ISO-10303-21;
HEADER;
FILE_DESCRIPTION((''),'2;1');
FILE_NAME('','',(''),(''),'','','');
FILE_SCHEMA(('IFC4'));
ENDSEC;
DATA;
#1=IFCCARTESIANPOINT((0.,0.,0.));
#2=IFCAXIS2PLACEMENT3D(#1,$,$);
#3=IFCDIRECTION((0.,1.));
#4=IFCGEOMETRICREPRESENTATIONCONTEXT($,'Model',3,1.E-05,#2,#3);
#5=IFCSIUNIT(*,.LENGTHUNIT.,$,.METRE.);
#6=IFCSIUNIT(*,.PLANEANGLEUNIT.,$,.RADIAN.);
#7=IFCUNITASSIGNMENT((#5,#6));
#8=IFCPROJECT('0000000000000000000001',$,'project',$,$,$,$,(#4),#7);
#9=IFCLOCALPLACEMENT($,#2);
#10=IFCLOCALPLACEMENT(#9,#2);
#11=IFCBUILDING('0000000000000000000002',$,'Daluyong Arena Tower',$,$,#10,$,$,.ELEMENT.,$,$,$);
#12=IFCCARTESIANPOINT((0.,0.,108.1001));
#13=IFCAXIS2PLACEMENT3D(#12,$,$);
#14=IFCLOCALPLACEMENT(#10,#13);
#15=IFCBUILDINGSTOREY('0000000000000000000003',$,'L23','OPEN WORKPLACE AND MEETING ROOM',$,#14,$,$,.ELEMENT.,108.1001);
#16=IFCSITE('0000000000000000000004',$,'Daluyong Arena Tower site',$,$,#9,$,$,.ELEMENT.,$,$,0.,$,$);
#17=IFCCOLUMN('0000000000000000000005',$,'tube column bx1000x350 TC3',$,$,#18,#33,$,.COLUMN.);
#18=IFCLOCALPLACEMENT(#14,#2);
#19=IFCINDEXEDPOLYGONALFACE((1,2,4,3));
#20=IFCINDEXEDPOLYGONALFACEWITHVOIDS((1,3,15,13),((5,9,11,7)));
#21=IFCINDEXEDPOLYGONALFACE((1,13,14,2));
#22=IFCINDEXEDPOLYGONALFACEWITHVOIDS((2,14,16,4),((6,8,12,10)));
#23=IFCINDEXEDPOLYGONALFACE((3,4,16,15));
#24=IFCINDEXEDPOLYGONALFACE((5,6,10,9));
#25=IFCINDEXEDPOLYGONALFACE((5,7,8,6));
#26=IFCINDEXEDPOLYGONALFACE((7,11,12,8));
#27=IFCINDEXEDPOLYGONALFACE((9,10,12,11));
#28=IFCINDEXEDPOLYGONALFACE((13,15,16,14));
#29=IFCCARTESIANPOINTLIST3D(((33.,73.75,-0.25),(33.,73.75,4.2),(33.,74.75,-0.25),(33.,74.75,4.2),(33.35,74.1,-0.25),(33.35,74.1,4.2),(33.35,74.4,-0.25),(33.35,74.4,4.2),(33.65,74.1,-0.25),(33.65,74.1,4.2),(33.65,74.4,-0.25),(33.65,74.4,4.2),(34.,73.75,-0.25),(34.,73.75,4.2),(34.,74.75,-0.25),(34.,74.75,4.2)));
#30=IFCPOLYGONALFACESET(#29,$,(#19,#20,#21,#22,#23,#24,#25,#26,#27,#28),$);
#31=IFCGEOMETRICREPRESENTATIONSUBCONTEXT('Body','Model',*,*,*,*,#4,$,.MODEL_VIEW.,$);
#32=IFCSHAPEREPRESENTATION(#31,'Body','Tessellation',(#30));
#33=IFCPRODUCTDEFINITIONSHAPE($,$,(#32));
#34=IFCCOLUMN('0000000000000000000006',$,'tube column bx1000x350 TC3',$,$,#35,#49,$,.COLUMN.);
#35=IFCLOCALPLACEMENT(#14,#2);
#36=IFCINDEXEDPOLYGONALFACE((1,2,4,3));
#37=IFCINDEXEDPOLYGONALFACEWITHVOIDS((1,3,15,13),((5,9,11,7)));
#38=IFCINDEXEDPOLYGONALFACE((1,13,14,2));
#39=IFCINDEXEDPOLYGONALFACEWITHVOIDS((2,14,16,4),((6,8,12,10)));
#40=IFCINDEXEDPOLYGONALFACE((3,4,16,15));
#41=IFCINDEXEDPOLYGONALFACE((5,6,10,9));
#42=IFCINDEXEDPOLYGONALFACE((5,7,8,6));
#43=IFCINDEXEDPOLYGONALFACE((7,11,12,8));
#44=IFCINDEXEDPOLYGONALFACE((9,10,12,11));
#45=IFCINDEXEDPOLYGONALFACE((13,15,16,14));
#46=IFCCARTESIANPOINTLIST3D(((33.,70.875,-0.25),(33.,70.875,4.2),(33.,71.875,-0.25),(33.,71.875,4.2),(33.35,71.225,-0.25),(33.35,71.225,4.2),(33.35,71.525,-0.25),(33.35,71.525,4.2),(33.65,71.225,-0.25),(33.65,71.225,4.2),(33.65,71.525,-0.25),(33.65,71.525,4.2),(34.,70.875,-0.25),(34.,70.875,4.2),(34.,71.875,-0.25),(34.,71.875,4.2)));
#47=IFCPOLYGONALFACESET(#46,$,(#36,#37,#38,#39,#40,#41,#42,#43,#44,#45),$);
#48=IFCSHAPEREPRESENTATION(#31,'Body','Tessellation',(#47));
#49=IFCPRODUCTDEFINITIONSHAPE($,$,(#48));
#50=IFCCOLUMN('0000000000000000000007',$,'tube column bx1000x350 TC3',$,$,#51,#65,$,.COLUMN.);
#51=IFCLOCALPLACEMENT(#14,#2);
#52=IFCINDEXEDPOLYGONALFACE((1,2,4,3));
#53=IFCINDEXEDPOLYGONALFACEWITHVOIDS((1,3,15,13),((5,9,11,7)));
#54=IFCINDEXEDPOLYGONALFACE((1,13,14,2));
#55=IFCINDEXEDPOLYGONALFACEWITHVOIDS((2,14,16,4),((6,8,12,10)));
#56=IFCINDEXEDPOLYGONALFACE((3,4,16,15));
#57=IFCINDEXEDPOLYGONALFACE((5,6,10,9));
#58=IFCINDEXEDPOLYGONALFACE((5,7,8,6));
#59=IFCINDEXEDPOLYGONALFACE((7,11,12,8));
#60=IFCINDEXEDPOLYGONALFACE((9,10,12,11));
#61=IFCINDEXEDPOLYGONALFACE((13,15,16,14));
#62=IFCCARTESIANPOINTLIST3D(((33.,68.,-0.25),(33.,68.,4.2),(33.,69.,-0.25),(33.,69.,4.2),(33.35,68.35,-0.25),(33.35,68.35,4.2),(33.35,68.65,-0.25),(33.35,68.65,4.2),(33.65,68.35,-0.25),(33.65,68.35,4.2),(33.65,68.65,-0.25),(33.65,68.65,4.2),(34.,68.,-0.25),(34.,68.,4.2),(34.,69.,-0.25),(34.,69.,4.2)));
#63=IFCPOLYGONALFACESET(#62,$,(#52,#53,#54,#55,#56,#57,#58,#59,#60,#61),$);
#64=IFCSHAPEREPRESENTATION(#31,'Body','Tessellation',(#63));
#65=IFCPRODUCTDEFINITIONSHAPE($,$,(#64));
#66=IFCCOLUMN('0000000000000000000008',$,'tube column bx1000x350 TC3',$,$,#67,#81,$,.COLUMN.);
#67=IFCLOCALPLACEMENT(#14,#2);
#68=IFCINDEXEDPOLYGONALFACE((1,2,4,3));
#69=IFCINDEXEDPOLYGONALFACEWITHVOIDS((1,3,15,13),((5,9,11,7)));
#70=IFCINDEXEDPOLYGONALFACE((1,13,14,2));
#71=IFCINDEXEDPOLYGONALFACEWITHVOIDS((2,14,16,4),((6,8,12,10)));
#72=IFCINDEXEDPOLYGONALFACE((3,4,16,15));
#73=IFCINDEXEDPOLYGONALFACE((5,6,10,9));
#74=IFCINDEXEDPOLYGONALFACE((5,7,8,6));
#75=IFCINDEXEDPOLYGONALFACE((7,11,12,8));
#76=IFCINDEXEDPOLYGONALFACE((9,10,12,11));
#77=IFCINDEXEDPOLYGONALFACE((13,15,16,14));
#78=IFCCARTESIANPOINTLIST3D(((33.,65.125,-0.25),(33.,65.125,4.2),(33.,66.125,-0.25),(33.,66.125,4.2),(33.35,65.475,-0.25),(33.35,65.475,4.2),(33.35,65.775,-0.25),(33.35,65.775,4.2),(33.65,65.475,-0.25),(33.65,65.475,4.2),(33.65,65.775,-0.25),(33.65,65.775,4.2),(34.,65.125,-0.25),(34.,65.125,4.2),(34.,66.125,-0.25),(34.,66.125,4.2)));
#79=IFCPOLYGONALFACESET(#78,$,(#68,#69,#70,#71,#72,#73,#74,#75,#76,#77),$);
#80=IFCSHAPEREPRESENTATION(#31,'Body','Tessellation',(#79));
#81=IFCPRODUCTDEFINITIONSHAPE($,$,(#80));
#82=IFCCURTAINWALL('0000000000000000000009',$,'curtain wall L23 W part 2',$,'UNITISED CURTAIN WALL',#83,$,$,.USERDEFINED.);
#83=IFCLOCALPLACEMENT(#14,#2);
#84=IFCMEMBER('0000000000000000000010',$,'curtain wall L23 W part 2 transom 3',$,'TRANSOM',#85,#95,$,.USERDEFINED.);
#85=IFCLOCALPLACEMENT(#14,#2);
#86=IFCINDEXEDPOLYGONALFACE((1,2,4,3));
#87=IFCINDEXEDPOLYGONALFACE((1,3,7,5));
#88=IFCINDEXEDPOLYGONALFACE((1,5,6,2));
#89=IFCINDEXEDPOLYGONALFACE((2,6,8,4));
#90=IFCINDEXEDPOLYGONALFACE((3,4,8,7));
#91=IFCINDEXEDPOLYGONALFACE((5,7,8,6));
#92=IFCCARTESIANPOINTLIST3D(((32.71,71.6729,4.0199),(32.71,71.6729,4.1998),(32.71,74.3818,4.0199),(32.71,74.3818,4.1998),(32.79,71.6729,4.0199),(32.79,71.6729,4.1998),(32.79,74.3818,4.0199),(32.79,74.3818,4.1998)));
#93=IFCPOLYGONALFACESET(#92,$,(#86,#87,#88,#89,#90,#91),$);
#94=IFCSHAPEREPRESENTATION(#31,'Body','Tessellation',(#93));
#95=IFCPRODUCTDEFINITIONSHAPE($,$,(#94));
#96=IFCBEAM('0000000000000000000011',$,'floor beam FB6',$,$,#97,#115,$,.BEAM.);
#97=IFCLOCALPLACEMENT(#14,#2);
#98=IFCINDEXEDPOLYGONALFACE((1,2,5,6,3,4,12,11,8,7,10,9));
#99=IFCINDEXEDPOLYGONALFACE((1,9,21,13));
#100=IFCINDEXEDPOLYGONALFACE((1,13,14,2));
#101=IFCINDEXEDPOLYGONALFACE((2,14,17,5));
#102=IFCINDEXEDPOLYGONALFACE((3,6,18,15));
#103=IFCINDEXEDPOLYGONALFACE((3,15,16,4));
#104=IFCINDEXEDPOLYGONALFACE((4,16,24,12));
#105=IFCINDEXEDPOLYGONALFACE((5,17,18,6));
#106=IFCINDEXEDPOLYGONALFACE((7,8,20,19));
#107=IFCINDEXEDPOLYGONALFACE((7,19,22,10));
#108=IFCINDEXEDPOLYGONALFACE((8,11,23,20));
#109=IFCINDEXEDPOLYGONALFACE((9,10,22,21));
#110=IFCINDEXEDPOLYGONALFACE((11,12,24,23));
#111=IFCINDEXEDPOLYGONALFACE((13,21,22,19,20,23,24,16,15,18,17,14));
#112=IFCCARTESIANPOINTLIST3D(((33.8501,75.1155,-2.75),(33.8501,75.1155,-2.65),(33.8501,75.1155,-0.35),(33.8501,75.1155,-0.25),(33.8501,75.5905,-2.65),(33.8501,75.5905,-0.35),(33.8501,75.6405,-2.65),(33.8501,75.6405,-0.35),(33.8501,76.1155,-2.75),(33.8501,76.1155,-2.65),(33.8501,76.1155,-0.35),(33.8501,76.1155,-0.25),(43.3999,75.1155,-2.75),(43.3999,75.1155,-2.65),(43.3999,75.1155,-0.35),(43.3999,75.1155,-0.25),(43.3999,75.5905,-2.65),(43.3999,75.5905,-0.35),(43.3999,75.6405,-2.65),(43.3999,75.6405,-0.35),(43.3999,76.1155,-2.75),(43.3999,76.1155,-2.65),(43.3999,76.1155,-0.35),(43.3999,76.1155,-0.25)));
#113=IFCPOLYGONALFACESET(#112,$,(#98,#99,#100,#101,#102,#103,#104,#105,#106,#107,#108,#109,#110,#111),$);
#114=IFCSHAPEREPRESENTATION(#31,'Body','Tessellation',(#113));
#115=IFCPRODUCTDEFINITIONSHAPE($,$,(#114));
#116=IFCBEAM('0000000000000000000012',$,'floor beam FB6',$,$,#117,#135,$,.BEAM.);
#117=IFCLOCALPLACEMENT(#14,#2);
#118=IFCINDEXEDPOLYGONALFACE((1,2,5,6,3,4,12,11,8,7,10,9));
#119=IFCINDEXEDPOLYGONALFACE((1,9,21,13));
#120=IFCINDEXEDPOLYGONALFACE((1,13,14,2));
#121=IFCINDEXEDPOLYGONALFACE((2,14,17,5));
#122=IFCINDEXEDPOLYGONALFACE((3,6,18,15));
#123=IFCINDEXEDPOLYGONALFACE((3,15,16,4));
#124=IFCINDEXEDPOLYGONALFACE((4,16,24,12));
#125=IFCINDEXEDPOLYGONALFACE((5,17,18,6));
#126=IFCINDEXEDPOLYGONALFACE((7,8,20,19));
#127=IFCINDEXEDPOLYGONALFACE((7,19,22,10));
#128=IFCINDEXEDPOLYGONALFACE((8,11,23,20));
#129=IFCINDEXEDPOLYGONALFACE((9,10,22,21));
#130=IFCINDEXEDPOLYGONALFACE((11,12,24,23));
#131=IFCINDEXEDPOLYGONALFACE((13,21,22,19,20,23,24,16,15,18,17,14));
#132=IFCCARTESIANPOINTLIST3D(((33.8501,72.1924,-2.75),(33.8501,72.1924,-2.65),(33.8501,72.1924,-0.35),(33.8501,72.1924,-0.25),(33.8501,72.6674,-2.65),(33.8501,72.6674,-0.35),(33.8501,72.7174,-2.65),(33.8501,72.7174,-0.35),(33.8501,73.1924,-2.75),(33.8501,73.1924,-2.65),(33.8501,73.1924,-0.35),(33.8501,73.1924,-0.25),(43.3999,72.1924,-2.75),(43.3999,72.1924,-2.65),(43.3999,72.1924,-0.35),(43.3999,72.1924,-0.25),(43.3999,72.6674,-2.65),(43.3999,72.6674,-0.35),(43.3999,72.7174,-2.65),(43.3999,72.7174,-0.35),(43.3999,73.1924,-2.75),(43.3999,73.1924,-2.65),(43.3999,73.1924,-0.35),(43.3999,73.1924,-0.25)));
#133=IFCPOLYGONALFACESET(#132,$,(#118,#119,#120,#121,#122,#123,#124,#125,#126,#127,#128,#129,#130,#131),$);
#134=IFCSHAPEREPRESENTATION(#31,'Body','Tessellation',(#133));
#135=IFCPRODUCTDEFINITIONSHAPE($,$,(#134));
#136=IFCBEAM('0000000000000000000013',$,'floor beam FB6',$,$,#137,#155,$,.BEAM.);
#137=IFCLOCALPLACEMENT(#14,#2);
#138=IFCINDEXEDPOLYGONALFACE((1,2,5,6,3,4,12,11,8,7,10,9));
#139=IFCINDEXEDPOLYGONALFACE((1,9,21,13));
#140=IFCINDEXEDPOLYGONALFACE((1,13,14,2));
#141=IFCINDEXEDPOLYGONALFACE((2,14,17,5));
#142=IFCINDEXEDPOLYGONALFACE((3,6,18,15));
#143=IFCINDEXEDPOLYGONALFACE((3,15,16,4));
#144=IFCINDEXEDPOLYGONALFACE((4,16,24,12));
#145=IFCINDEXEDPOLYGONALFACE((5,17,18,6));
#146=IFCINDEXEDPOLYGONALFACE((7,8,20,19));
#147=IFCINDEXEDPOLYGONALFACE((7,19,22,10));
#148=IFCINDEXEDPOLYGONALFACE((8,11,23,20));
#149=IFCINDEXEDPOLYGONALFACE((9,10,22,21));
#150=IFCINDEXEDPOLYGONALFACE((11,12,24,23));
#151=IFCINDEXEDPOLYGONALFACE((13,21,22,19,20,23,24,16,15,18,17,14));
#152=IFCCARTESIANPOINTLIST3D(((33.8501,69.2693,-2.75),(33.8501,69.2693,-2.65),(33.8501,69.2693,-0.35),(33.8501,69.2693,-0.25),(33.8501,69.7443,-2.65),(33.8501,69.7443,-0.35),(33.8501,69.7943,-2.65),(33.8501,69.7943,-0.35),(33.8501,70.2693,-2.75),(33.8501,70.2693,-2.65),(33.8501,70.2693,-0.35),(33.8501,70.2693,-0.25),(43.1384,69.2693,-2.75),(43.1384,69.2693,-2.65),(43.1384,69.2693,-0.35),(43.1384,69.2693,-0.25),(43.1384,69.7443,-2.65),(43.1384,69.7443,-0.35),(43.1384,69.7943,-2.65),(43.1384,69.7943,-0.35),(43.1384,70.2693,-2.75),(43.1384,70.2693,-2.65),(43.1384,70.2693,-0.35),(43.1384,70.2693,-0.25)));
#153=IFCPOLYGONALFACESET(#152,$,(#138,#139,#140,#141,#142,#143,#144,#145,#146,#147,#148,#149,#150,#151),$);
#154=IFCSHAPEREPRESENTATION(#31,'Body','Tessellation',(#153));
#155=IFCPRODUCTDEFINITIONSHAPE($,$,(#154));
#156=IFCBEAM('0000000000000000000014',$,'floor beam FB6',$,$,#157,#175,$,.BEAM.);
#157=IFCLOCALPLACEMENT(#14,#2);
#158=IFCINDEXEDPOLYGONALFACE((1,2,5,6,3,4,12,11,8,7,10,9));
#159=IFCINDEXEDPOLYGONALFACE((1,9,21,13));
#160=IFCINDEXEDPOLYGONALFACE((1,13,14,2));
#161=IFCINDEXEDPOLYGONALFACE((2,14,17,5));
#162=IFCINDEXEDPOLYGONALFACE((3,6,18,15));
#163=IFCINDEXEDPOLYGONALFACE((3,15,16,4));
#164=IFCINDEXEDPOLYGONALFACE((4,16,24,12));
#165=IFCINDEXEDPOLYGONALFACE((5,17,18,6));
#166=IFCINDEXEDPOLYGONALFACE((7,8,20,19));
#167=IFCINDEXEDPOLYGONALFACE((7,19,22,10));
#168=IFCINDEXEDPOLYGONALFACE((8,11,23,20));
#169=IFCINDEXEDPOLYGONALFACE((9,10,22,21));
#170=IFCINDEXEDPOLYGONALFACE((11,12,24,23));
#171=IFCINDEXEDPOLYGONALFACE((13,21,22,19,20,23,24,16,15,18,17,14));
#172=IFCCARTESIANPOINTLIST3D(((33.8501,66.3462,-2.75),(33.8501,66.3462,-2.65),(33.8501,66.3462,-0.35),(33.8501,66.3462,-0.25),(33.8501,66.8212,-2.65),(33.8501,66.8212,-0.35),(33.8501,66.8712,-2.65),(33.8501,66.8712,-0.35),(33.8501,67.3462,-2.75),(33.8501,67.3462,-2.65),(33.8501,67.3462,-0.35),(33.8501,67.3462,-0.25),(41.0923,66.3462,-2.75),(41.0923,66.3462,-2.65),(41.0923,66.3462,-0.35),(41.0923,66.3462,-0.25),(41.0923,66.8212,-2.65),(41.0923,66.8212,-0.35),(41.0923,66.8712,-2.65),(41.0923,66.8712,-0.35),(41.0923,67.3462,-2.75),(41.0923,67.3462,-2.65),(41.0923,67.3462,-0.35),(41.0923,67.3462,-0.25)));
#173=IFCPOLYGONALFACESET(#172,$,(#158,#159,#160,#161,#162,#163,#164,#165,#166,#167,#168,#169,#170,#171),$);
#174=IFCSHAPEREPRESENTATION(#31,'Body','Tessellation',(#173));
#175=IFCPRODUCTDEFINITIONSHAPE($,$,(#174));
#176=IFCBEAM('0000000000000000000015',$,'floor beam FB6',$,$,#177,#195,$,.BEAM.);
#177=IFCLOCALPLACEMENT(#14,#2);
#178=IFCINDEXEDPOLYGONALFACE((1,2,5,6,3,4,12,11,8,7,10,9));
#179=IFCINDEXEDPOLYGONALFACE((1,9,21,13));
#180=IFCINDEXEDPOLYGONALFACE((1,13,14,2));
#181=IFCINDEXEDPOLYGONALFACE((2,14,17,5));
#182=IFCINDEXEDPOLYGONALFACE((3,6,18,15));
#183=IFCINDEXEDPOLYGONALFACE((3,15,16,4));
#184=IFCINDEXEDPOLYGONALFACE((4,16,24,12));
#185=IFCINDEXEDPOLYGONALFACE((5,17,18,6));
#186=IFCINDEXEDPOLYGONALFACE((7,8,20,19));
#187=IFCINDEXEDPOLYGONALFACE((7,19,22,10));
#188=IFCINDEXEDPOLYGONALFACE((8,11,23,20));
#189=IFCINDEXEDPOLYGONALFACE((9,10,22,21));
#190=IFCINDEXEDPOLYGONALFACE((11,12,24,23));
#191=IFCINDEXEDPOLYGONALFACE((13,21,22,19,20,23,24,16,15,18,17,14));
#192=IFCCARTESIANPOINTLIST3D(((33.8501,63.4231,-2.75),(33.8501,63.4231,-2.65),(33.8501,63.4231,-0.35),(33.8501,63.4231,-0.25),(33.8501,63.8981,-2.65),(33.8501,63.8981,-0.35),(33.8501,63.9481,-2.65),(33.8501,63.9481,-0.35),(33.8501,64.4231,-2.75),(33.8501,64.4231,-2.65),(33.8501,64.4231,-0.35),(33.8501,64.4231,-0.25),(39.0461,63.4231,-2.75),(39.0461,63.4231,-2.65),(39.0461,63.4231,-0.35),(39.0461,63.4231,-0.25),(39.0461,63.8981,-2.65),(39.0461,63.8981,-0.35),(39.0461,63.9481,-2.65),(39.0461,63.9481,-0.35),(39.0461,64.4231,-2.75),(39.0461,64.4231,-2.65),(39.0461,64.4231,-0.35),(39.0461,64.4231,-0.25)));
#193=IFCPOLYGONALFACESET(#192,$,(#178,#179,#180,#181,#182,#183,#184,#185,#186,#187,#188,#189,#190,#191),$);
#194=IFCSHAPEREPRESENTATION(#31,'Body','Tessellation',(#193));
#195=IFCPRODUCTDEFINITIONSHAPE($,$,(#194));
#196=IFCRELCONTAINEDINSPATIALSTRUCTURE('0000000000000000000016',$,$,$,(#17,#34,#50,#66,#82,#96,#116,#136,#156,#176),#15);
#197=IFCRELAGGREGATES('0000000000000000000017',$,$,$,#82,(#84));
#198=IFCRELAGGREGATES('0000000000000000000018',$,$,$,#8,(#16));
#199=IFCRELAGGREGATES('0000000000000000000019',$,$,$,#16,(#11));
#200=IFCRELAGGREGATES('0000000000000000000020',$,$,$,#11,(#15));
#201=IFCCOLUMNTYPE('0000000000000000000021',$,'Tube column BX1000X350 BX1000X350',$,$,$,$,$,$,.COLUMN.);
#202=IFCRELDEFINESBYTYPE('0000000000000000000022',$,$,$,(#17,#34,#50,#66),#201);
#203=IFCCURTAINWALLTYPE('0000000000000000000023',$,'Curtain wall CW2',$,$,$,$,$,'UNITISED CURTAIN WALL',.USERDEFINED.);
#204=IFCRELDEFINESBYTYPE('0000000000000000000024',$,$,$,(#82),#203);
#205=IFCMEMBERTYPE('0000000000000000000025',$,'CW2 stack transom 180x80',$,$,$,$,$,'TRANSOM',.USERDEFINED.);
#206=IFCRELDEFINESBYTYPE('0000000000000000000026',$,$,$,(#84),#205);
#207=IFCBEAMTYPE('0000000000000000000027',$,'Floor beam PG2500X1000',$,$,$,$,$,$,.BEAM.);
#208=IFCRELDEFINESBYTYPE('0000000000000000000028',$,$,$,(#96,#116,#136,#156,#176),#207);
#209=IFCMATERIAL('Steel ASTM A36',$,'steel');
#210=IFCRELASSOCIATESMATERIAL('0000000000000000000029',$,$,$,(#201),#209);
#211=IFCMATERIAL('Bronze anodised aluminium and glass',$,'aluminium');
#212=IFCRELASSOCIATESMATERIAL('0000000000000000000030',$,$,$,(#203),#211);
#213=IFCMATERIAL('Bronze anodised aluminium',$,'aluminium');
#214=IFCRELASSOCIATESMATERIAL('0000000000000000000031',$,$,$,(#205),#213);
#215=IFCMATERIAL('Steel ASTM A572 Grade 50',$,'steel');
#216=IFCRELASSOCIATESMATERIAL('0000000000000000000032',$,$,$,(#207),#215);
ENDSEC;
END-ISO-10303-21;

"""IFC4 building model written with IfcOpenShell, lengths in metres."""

from ifc_helpers import new_model, si_unit, direction, frame, origin, origin_2d, place, context, subcontext, project, spatial, rectangle, hollow_rectangle, i_section, extrude, material, material_profile, profile_set, type_object, element, aggregate, save


model = new_model("IFC4")

# Units and contexts
model_context = context("Model", 3, precision=1e-05, world=origin(), true_north=direction((0.0, 1.0)))
body_context = subcontext(model_context, "Body", "Model", "MODEL_VIEW")
ifc_project = project(units=[si_unit("LENGTHUNIT", "METRE"), si_unit("PLANEANGLEUNIT", "RADIAN")], contexts=[model_context])

# Site, building, storey
site_placement = place(None, origin())
site = spatial("IfcSite", under=ifc_project, at=site_placement, Name="Daluyong Arena Tower site", CompositionType="ELEMENT", RefElevation=0.0)
building_placement = place(site_placement, origin())
building = spatial("IfcBuilding", under=site, at=building_placement, Name="Daluyong Arena Tower", CompositionType="ELEMENT")
storey_placement = place(building_placement, frame((0.0, 0.0, 108.1001)))
storey = spatial("IfcBuildingStorey", under=building, at=storey_placement, Name="L23", Description="OPEN WORKPLACE AND MEETING ROOM", CompositionType="ELEMENT", Elevation=108.1001)

# Columns
ifc_material_1 = material(Name="Steel ASTM A36", Category="steel")
ifc_material_profile_1 = material_profile(ifc_material_1, hollow_rectangle(XDim=1.0, YDim=1.0, WallThickness=0.35, at=origin_2d()))
ifc_profile_set_1 = profile_set([ifc_material_profile_1], Name="Steel ASTM A36")
column_type = type_object("IfcColumnType", Name="Tube column BX1000X350 BX1000X350", PredefinedType="COLUMN", material=ifc_profile_set_1)
for number, where, z_axis, x_axis, name in (
    (1, (33.5, 74.25, -0.25), (0.0, 0.0, 1.0), (0.0, 1.0, 0.0), "tube column bx1000x350 TC3"),
    (2, (33.5, 71.375, -0.25), (0.0, 0.0, 1.0), (0.0, 1.0, 0.0), "tube column bx1000x350 TC3"),
    (3, (33.5, 68.5, -0.25), (0.0, 0.0, 1.0), (0.0, 1.0, 0.0), "tube column bx1000x350 TC3"),
    (4, (33.5, 65.625, -0.25), (0.0, 0.0, 1.0), (0.0, 1.0, 0.0), "tube column bx1000x350 TC3"),
):
    element("IfcColumn", number, at=place(storey_placement, frame(where, z_axis=z_axis, x_axis=x_axis)), inside=storey, type_object=column_type, Name=name, PredefinedType="COLUMN", context=body_context, shape_type="SweptSolid", body=[
        extrude(hollow_rectangle(XDim=1.0, YDim=1.0, WallThickness=0.35, at=origin_2d()), origin(), (0.0, 0.0, 1.0), 4.45),
    ])

# Curtain wall, member
ifc_material_2 = material(Name="Bronze anodised aluminium and glass", Category="aluminium")
curtain_wall_type = type_object("IfcCurtainWallType", Name="Curtain wall CW2", ElementType="UNITISED CURTAIN WALL", PredefinedType="USERDEFINED", material=ifc_material_2)
curtain_wall_placement = place(storey_placement, origin())
curtain_wall = element("IfcCurtainWall", 5, at=curtain_wall_placement, inside=storey, type_object=curtain_wall_type, Name="curtain wall L23 W part 2", ObjectType="UNITISED CURTAIN WALL", PredefinedType="USERDEFINED")
ifc_material_3 = material(Name="Bronze anodised aluminium", Category="aluminium")
ifc_material_profile_2 = material_profile(ifc_material_3, rectangle(XDim=0.0801, YDim=0.1799, at=origin_2d()))
ifc_profile_set_2 = profile_set([ifc_material_profile_2], Name="Bronze anodised aluminium")
member_type = type_object("IfcMemberType", Name="CW2 stack transom 180x80", ElementType="TRANSOM", PredefinedType="USERDEFINED", material=ifc_profile_set_2)
member_placement = place(storey_placement, frame((32.75, 74.3818, 4.1099), z_axis=(0.0, -1.0, 0.0), x_axis=(1.0, 0.0, 0.0)))
member = element("IfcMember", 6, at=member_placement, type_object=member_type, Name="curtain wall L23 W part 2 transom 3", ObjectType="TRANSOM", PredefinedType="USERDEFINED", context=body_context, shape_type="SweptSolid", body=[
    extrude(rectangle(XDim=0.0801, YDim=0.1799, at=origin_2d()), origin(), (0.0, 0.0, 1.0), 2.709),
])
aggregate(curtain_wall, [member])

# Beams
ifc_material_4 = material(Name="Steel ASTM A572 Grade 50", Category="steel")
ifc_material_profile_3 = material_profile(ifc_material_4, i_section(OverallWidth=1.0, OverallDepth=2.5, WebThickness=0.05, FlangeThickness=0.1, at=origin_2d()))
ifc_profile_set_3 = profile_set([ifc_material_profile_3], Name="Steel ASTM A572 Grade 50")
beam_type_1 = type_object("IfcBeamType", Name="Floor beam PG2500X1000", PredefinedType="BEAM", material=ifc_profile_set_3)
for number, where, z_axis, x_axis, name in (
    (7, (33.8501, 75.6155, -1.5), (1.0, 0.0, 0.0), (0.0, 1.0, 0.0), "floor beam FB6"),
    (8, (33.8501, 72.6924, -1.5), (1.0, 0.0, 0.0), (0.0, 1.0, 0.0), "floor beam FB6"),
):
    element("IfcBeam", number, at=place(storey_placement, frame(where, z_axis=z_axis, x_axis=x_axis)), inside=storey, type_object=beam_type_1, Name=name, PredefinedType="BEAM", context=body_context, shape_type="SweptSolid", body=[
        extrude(i_section(OverallWidth=1.0, OverallDepth=2.5, WebThickness=0.05, FlangeThickness=0.1, at=origin_2d()), origin(), (0.0, 0.0, 1.0), 9.5498),
    ])
beam_1_placement = place(storey_placement, frame((33.8501, 69.7693, -1.5), z_axis=(1.0, 0.0, 0.0), x_axis=(0.0, 1.0, 0.0)))
element("IfcBeam", 9, at=beam_1_placement, inside=storey, type_object=beam_type_1, Name="floor beam FB6", PredefinedType="BEAM", context=body_context, shape_type="SweptSolid", body=[
    extrude(i_section(OverallWidth=1.0, OverallDepth=2.5, WebThickness=0.05, FlangeThickness=0.1, at=origin_2d()), origin(), (0.0, 0.0, 1.0), 9.2883),
])
beam_2_placement = place(storey_placement, frame((33.8501, 66.8462, -1.5), z_axis=(1.0, 0.0, 0.0), x_axis=(0.0, 1.0, 0.0)))
element("IfcBeam", 10, at=beam_2_placement, inside=storey, type_object=beam_type_1, Name="floor beam FB6", PredefinedType="BEAM", context=body_context, shape_type="SweptSolid", body=[
    extrude(i_section(OverallWidth=1.0, OverallDepth=2.5, WebThickness=0.05, FlangeThickness=0.1, at=origin_2d()), origin(), (0.0, 0.0, 1.0), 7.2422),
])
beam_3_placement = place(storey_placement, frame((33.8501, 63.9231, -1.5), z_axis=(1.0, 0.0, 0.0), x_axis=(0.0, 1.0, 0.0)))
element("IfcBeam", 11, at=beam_3_placement, inside=storey, type_object=beam_type_1, Name="floor beam FB6", PredefinedType="BEAM", context=body_context, shape_type="SweptSolid", body=[
    extrude(i_section(OverallWidth=1.0, OverallDepth=2.5, WebThickness=0.05, FlangeThickness=0.1, at=origin_2d()), origin(), (0.0, 0.0, 1.0), 5.196),
])

save(model, "model.ifc")
